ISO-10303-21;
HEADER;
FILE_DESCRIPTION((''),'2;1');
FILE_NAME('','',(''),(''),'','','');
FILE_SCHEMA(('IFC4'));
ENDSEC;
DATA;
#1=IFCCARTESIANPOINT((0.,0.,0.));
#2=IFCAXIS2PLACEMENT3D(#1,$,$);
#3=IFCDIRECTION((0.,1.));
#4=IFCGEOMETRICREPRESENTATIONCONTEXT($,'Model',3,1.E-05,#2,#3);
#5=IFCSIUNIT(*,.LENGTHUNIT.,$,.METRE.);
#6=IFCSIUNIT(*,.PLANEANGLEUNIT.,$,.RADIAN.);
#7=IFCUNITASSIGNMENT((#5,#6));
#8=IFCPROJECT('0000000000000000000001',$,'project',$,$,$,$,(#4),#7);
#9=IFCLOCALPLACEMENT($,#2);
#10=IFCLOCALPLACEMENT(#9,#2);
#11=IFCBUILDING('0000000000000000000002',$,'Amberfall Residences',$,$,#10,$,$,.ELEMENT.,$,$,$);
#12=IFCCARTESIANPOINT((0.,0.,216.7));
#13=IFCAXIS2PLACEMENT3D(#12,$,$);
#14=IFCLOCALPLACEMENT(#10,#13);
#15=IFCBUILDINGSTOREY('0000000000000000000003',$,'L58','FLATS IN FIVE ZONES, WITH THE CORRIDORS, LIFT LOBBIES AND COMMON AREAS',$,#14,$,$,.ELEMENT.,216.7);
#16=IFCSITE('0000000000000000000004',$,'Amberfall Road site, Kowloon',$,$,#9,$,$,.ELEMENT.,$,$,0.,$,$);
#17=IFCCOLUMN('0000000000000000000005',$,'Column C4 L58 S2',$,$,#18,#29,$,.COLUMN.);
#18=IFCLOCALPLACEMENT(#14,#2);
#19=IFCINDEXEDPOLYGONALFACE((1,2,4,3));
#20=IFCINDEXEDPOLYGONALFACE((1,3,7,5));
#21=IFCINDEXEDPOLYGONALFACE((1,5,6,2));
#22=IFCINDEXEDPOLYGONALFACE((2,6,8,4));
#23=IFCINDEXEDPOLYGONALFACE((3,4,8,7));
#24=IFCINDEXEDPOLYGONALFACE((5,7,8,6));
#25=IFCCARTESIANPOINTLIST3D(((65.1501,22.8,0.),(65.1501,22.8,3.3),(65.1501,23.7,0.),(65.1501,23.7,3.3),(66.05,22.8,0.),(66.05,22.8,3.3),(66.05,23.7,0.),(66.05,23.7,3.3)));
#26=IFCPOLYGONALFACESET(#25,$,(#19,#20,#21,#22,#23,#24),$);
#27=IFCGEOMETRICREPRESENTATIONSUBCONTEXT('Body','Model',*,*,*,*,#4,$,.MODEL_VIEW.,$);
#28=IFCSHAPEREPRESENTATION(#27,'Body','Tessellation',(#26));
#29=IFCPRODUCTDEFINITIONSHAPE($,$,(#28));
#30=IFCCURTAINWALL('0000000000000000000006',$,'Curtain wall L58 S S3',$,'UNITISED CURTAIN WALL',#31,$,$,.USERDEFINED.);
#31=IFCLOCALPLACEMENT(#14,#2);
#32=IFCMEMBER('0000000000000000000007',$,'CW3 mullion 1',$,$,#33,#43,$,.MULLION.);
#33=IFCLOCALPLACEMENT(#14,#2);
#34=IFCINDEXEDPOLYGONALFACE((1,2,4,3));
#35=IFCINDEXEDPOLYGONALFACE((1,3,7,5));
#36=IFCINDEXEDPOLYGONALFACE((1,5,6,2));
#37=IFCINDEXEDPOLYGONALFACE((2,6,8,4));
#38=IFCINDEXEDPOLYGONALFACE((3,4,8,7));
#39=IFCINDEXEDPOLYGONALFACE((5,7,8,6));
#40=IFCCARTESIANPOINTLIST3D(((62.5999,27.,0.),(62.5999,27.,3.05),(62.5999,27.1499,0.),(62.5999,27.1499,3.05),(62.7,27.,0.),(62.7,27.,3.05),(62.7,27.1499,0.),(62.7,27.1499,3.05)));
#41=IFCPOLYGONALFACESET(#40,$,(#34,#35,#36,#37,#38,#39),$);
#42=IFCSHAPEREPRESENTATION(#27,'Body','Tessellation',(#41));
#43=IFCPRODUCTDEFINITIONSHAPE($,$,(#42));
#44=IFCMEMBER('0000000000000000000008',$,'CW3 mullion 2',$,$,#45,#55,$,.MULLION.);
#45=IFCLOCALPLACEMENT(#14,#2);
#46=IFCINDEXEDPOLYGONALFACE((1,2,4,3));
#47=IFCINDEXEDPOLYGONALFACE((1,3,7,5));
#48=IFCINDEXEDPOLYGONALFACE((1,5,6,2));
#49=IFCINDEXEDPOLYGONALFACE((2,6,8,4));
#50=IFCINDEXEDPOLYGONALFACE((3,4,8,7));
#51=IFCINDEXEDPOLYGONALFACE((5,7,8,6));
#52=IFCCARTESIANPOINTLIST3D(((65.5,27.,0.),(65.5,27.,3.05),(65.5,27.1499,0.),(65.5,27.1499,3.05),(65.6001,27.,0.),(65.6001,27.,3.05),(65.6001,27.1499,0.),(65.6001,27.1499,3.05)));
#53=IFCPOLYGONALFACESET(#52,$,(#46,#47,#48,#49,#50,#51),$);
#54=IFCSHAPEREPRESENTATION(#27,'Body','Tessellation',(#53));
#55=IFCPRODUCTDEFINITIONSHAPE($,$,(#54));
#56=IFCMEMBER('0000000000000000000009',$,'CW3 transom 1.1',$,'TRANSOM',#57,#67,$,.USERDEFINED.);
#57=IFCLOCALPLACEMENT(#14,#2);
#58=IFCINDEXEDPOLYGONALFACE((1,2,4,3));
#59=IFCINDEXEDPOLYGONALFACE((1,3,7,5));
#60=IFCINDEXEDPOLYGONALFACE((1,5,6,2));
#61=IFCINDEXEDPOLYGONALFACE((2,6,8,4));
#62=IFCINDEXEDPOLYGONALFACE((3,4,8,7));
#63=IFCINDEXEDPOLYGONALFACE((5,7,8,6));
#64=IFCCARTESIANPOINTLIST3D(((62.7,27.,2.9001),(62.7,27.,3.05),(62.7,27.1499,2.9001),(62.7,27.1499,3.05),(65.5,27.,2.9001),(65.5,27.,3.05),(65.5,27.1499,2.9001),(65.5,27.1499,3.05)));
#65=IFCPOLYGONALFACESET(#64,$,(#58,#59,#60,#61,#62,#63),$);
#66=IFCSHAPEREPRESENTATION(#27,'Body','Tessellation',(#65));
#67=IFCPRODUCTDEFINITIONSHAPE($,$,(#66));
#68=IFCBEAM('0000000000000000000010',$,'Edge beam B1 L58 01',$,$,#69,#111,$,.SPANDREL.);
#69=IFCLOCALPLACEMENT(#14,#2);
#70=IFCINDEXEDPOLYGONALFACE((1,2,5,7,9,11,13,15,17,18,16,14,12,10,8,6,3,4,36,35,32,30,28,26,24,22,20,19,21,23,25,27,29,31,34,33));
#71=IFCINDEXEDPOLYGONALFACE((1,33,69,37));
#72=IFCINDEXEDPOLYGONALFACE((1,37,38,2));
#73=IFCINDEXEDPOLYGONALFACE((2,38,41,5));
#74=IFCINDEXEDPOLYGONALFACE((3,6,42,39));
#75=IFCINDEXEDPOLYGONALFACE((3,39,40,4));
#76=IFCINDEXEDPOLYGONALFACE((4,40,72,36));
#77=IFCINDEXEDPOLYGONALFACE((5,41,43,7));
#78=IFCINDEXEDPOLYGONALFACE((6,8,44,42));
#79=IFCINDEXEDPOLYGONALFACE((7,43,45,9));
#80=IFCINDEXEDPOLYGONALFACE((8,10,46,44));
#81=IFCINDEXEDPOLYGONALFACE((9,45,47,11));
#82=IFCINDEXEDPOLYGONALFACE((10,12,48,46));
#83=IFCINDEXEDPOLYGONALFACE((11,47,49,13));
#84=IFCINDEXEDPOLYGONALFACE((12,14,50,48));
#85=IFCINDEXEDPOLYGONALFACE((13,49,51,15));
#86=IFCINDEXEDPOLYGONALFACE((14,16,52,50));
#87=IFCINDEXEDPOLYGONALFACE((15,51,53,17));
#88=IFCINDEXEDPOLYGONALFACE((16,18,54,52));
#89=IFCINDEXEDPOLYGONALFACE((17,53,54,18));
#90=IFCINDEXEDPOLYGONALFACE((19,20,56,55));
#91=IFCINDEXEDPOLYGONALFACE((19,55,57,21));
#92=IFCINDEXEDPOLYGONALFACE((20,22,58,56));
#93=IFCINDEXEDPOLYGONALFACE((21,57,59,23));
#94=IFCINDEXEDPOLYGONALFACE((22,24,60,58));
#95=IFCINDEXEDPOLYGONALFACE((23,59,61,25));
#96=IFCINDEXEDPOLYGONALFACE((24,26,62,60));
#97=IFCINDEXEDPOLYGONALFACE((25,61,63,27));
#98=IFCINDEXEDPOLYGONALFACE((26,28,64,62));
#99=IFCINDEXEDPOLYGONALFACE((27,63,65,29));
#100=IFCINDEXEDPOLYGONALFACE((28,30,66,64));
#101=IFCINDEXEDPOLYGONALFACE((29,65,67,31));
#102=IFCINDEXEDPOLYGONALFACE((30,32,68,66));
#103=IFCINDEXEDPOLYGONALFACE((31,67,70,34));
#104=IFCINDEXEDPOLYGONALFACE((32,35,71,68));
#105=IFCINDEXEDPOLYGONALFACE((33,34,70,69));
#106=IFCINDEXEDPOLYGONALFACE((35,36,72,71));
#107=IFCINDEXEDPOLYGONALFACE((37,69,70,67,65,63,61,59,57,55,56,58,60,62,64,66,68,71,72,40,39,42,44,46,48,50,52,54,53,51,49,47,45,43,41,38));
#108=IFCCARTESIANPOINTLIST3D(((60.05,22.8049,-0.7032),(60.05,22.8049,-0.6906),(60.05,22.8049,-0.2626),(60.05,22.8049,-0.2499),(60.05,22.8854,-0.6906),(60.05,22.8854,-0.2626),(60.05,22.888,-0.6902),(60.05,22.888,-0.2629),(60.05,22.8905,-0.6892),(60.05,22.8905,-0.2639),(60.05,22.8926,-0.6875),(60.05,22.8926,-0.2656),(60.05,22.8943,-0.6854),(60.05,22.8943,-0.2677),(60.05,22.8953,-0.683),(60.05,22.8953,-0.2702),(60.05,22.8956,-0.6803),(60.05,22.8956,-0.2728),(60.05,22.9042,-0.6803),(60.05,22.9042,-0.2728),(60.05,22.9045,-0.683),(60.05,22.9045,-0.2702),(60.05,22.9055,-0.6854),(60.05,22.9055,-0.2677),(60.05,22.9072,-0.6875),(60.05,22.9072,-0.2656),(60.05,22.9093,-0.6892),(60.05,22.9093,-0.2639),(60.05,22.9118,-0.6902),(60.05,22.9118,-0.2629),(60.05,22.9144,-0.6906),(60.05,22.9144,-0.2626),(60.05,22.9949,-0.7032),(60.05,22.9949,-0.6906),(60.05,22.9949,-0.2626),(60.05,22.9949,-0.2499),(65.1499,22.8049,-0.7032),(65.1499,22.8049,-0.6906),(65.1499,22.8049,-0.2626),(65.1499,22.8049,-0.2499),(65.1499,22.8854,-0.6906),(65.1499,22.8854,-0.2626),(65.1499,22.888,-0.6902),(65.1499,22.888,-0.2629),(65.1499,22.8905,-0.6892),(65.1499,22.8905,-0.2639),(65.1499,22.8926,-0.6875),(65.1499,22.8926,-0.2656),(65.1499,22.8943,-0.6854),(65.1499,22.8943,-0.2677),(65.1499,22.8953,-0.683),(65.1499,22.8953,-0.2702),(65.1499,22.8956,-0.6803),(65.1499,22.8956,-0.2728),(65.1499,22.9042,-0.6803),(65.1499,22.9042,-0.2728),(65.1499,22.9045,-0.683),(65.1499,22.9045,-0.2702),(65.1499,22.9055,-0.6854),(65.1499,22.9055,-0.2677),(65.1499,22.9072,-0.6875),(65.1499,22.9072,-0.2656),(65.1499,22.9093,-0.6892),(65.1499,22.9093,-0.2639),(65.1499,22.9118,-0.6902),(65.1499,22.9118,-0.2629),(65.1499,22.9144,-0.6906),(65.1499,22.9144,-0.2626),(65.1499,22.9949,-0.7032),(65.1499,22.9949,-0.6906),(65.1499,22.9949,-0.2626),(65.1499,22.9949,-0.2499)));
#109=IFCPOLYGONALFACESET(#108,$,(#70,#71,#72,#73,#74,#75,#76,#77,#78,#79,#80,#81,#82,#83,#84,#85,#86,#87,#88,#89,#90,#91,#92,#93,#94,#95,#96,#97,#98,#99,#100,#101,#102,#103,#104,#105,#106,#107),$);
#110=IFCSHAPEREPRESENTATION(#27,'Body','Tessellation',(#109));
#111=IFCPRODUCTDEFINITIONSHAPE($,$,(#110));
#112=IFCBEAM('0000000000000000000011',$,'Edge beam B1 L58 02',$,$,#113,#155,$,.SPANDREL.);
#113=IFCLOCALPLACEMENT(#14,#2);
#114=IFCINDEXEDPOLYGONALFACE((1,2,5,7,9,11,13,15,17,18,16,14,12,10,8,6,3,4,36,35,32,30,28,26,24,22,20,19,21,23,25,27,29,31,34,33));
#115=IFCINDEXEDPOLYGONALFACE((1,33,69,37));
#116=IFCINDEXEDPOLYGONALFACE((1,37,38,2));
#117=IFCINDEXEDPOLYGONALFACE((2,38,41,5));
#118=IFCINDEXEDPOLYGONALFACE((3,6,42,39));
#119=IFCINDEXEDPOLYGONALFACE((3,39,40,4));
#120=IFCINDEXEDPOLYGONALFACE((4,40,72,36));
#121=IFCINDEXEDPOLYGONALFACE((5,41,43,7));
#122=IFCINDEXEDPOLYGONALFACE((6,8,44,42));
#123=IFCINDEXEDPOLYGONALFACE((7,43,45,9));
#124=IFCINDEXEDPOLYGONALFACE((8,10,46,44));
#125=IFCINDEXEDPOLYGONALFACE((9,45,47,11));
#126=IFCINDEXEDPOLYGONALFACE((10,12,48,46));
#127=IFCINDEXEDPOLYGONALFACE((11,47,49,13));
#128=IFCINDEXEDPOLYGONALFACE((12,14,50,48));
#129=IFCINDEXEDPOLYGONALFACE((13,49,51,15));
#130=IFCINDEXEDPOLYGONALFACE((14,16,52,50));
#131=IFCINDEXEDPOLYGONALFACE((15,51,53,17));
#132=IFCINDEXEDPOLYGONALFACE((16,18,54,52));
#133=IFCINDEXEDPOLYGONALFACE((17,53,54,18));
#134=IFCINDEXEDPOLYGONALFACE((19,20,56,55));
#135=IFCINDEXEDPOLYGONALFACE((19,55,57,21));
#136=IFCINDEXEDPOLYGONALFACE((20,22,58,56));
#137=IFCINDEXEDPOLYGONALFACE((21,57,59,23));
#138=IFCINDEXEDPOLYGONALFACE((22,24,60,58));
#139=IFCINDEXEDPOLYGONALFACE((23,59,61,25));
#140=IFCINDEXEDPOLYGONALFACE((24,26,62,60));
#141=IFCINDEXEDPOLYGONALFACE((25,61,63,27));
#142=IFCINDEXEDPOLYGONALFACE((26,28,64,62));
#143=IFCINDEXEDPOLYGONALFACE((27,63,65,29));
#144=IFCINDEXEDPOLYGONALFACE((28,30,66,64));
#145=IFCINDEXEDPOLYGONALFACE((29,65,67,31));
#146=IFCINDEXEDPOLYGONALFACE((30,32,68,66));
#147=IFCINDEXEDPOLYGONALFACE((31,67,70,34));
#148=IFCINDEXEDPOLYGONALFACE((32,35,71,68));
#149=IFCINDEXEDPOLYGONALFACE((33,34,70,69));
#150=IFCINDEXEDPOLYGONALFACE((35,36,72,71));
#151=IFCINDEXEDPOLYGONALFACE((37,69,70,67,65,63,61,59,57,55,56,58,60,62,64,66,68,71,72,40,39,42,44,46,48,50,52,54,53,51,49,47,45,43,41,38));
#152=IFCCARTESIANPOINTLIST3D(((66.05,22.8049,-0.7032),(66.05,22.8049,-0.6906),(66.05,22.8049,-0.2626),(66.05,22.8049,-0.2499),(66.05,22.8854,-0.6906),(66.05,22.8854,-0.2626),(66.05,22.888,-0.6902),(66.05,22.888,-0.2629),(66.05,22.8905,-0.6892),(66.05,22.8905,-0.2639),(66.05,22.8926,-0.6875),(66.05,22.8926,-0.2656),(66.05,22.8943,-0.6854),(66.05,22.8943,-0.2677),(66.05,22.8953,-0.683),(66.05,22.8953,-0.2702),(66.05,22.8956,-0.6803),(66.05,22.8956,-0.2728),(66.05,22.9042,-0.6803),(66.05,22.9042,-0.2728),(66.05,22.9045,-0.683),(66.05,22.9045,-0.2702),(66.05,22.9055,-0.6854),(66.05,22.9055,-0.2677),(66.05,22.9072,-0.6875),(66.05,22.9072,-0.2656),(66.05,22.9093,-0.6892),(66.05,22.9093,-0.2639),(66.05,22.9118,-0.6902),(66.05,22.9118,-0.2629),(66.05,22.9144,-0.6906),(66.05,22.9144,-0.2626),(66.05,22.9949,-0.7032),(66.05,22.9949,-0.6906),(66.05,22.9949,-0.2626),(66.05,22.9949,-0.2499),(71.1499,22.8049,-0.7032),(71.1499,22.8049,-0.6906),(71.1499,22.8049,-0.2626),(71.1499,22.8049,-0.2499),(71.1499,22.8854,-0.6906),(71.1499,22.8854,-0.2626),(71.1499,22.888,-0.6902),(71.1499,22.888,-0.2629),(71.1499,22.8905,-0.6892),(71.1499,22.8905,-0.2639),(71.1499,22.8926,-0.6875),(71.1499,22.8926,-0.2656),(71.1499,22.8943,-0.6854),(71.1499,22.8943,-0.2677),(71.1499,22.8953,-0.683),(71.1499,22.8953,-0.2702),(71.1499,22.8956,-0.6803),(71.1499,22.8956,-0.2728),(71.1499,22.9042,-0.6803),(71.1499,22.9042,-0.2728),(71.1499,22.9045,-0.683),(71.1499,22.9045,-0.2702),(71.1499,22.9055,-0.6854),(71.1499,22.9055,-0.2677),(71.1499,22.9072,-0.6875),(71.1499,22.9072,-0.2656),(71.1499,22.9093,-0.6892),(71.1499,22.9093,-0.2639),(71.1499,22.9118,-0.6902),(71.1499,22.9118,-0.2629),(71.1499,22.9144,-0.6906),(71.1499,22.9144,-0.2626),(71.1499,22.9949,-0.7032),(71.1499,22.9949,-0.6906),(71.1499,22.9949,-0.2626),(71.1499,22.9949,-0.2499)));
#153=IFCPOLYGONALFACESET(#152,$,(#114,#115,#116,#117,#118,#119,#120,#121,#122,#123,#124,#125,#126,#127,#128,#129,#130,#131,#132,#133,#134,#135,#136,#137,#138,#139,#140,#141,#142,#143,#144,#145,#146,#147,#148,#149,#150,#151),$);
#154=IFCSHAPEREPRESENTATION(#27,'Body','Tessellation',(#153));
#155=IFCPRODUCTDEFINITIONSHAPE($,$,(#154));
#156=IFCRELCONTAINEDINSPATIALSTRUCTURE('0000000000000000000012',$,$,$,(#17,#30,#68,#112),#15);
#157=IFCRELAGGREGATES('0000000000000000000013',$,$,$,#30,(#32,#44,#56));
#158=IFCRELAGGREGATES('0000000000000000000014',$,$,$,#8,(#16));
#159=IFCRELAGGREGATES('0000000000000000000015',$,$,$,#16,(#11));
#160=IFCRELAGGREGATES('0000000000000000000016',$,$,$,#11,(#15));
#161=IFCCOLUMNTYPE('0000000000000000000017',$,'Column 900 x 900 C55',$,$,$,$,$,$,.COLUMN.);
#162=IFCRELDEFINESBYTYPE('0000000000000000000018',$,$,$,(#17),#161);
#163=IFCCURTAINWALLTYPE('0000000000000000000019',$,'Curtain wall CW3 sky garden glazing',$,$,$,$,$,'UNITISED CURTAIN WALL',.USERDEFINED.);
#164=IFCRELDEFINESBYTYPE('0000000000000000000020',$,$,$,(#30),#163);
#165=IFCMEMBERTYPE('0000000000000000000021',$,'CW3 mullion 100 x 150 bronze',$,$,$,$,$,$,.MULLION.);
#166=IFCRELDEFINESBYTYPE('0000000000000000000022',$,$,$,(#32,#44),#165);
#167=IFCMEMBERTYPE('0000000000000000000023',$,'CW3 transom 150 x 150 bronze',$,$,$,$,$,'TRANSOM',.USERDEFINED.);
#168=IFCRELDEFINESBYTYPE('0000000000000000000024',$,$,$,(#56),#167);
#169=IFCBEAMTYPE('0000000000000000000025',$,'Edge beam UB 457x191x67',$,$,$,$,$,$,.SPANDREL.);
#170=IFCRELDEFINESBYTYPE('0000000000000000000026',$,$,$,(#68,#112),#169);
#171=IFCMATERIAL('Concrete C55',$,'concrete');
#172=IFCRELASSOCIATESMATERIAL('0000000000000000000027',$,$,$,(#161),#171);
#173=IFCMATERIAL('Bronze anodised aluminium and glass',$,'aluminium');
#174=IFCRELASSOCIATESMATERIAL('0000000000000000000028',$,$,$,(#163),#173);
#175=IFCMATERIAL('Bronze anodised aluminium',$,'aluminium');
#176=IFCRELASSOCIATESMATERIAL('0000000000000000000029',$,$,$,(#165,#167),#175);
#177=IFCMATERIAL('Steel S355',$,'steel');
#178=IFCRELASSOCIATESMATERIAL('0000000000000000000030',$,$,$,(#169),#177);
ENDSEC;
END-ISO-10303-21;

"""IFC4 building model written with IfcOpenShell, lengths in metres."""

from ifc_helpers import new_model, si_unit, direction, frame, origin, origin_2d, place, context, subcontext, project, spatial, rectangle, i_section, extrude, material, material_profile, profile_set, type_object, element, aggregate, save


model = new_model("IFC4")

# Units and contexts
model_context = context("Model", 3, precision=1e-05, world=origin(), true_north=direction((0.0, 1.0)))
body_context = subcontext(model_context, "Body", "Model", "MODEL_VIEW")
ifc_project = project(units=[si_unit("LENGTHUNIT", "METRE"), si_unit("PLANEANGLEUNIT", "RADIAN")], contexts=[model_context])

# Site, building, storey
site_placement = place(None, origin())
site = spatial("IfcSite", under=ifc_project, at=site_placement, Name="Amberfall Road site, Kowloon", CompositionType="ELEMENT", RefElevation=0.0)
building_placement = place(site_placement, origin())
building = spatial("IfcBuilding", under=site, at=building_placement, Name="Amberfall Residences", CompositionType="ELEMENT")
storey_placement = place(building_placement, frame((0.0, 0.0, 216.7)))
storey = spatial("IfcBuildingStorey", under=building, at=storey_placement, Name="L58", Description="FLATS IN FIVE ZONES, WITH THE CORRIDORS, LIFT LOBBIES AND COMMON AREAS", CompositionType="ELEMENT", Elevation=216.7)

# Column
ifc_material_1 = material(Name="Concrete C55", Category="concrete")
ifc_material_profile_1 = material_profile(ifc_material_1, rectangle(XDim=0.8999, YDim=0.8999, at=origin_2d()), Name="Column 900 x 900 C55")
ifc_profile_set_1 = profile_set([ifc_material_profile_1], Name="Concrete C55")
column_type = type_object("IfcColumnType", Name="Column 900 x 900 C55", PredefinedType="COLUMN", material=ifc_profile_set_1)
column_placement = place(storey_placement, frame((65.6001, 23.25, 0.0), z_axis=(0.0, 0.0, 1.0), x_axis=(1.0, 0.0, 0.0)))
element("IfcColumn", 1, at=column_placement, inside=storey, type_object=column_type, Name="Column C4 L58 S2", PredefinedType="COLUMN", context=body_context, shape_type="SweptSolid", body=[
    extrude(rectangle(XDim=0.8999, YDim=0.8999, at=origin_2d()), origin(), (0.0, 0.0, 1.0), 3.3),
])

# Curtain wall, members
ifc_material_2 = material(Name="Bronze anodised aluminium and glass", Category="aluminium")
curtain_wall_type = type_object("IfcCurtainWallType", Name="Curtain wall CW3 sky garden glazing", ElementType="UNITISED CURTAIN WALL", PredefinedType="USERDEFINED", material=ifc_material_2)
curtain_wall_placement = place(storey_placement, origin())
curtain_wall = element("IfcCurtainWall", 2, at=curtain_wall_placement, inside=storey, type_object=curtain_wall_type, Name="Curtain wall L58 S S3", ObjectType="UNITISED CURTAIN WALL", PredefinedType="USERDEFINED")
ifc_material_3 = material(Name="Bronze anodised aluminium", Category="aluminium")
ifc_material_profile_2 = material_profile(ifc_material_3, rectangle(XDim=0.1499, YDim=0.1001, at=origin_2d()), Name="CW3 mullion 100 x 150 bronze")
ifc_profile_set_2 = profile_set([ifc_material_profile_2], Name="Bronze anodised aluminium")
member_type_1 = type_object("IfcMemberType", Name="CW3 mullion 100 x 150 bronze", PredefinedType="MULLION", material=ifc_profile_set_2)
member_1_placement = place(storey_placement, frame((62.6499, 27.075, 0.0), z_axis=(0.0, 0.0, 1.0), x_axis=(0.0, 1.0, 0.0)))
member_1 = element("IfcMember", 3, at=member_1_placement, type_object=member_type_1, Name="CW3 mullion 1", PredefinedType="MULLION", context=body_context, shape_type="SweptSolid", body=[
    extrude(rectangle(XDim=0.1499, YDim=0.1001, at=origin_2d()), origin(), (0.0, 0.0, 1.0), 3.05),
])
member_2_placement = place(storey_placement, frame((65.55, 27.075, 0.0), z_axis=(0.0, 0.0, 1.0), x_axis=(0.0, 1.0, 0.0)))
member_2 = element("IfcMember", 4, at=member_2_placement, type_object=member_type_1, Name="CW3 mullion 2", PredefinedType="MULLION", context=body_context, shape_type="SweptSolid", body=[
    extrude(rectangle(XDim=0.1499, YDim=0.1001, at=origin_2d()), origin(), (0.0, 0.0, 1.0), 3.05),
])
ifc_material_profile_3 = material_profile(ifc_material_3, rectangle(XDim=0.1499, YDim=0.1499, at=origin_2d()), Name="CW3 transom 150 x 150 bronze")
ifc_profile_set_3 = profile_set([ifc_material_profile_3], Name="Bronze anodised aluminium")
member_type_2 = type_object("IfcMemberType", Name="CW3 transom 150 x 150 bronze", ElementType="TRANSOM", PredefinedType="USERDEFINED", material=ifc_profile_set_3)
member_3_placement = place(storey_placement, frame((62.7, 27.075, 2.9751), z_axis=(1.0, 0.0, 0.0), x_axis=(0.0, 1.0, 0.0)))
member_3 = element("IfcMember", 5, at=member_3_placement, type_object=member_type_2, Name="CW3 transom 1.1", ObjectType="TRANSOM", PredefinedType="USERDEFINED", context=body_context, shape_type="SweptSolid", body=[
    extrude(rectangle(XDim=0.1499, YDim=0.1499, at=origin_2d()), origin(), (0.0, 0.0, 1.0), 2.8),
])

# Beams
ifc_material_4 = material(Name="Steel S355", Category="steel")
ifc_material_profile_4 = material_profile(ifc_material_4, i_section(OverallWidth=0.1899, OverallDepth=0.4534, WebThickness=0.0085, FlangeThickness=0.0127, FilletRadius=0.0103, at=origin_2d()), Name="UB 457x191x67")
ifc_profile_set_4 = profile_set([ifc_material_profile_4], Name="Steel S355")
beam_type_1 = type_object("IfcBeamType", Name="Edge beam UB 457x191x67", PredefinedType="SPANDREL", material=ifc_profile_set_4)
for number, where, z_axis, x_axis, name in (
    (6, (60.05, 22.8999, -0.4766), (1.0, 0.0, 0.0), (0.0, 1.0, 0.0), "Edge beam B1 L58 01"),
    (7, (66.05, 22.8999, -0.4766), (1.0, 0.0, 0.0), (0.0, 1.0, 0.0), "Edge beam B1 L58 02"),
):
    element("IfcBeam", number, at=place(storey_placement, frame(where, z_axis=z_axis, x_axis=x_axis)), inside=storey, type_object=beam_type_1, Name=name, PredefinedType="SPANDREL", context=body_context, shape_type="SweptSolid", body=[
        extrude(i_section(OverallWidth=0.1899, OverallDepth=0.4534, WebThickness=0.0085, FlangeThickness=0.0127, FilletRadius=0.0103, at=origin_2d()), origin(), (0.0, 0.0, 1.0), 5.0999),
    ])

aggregate(curtain_wall, [member_1, member_2, member_3])

save(model, "model.ifc")
